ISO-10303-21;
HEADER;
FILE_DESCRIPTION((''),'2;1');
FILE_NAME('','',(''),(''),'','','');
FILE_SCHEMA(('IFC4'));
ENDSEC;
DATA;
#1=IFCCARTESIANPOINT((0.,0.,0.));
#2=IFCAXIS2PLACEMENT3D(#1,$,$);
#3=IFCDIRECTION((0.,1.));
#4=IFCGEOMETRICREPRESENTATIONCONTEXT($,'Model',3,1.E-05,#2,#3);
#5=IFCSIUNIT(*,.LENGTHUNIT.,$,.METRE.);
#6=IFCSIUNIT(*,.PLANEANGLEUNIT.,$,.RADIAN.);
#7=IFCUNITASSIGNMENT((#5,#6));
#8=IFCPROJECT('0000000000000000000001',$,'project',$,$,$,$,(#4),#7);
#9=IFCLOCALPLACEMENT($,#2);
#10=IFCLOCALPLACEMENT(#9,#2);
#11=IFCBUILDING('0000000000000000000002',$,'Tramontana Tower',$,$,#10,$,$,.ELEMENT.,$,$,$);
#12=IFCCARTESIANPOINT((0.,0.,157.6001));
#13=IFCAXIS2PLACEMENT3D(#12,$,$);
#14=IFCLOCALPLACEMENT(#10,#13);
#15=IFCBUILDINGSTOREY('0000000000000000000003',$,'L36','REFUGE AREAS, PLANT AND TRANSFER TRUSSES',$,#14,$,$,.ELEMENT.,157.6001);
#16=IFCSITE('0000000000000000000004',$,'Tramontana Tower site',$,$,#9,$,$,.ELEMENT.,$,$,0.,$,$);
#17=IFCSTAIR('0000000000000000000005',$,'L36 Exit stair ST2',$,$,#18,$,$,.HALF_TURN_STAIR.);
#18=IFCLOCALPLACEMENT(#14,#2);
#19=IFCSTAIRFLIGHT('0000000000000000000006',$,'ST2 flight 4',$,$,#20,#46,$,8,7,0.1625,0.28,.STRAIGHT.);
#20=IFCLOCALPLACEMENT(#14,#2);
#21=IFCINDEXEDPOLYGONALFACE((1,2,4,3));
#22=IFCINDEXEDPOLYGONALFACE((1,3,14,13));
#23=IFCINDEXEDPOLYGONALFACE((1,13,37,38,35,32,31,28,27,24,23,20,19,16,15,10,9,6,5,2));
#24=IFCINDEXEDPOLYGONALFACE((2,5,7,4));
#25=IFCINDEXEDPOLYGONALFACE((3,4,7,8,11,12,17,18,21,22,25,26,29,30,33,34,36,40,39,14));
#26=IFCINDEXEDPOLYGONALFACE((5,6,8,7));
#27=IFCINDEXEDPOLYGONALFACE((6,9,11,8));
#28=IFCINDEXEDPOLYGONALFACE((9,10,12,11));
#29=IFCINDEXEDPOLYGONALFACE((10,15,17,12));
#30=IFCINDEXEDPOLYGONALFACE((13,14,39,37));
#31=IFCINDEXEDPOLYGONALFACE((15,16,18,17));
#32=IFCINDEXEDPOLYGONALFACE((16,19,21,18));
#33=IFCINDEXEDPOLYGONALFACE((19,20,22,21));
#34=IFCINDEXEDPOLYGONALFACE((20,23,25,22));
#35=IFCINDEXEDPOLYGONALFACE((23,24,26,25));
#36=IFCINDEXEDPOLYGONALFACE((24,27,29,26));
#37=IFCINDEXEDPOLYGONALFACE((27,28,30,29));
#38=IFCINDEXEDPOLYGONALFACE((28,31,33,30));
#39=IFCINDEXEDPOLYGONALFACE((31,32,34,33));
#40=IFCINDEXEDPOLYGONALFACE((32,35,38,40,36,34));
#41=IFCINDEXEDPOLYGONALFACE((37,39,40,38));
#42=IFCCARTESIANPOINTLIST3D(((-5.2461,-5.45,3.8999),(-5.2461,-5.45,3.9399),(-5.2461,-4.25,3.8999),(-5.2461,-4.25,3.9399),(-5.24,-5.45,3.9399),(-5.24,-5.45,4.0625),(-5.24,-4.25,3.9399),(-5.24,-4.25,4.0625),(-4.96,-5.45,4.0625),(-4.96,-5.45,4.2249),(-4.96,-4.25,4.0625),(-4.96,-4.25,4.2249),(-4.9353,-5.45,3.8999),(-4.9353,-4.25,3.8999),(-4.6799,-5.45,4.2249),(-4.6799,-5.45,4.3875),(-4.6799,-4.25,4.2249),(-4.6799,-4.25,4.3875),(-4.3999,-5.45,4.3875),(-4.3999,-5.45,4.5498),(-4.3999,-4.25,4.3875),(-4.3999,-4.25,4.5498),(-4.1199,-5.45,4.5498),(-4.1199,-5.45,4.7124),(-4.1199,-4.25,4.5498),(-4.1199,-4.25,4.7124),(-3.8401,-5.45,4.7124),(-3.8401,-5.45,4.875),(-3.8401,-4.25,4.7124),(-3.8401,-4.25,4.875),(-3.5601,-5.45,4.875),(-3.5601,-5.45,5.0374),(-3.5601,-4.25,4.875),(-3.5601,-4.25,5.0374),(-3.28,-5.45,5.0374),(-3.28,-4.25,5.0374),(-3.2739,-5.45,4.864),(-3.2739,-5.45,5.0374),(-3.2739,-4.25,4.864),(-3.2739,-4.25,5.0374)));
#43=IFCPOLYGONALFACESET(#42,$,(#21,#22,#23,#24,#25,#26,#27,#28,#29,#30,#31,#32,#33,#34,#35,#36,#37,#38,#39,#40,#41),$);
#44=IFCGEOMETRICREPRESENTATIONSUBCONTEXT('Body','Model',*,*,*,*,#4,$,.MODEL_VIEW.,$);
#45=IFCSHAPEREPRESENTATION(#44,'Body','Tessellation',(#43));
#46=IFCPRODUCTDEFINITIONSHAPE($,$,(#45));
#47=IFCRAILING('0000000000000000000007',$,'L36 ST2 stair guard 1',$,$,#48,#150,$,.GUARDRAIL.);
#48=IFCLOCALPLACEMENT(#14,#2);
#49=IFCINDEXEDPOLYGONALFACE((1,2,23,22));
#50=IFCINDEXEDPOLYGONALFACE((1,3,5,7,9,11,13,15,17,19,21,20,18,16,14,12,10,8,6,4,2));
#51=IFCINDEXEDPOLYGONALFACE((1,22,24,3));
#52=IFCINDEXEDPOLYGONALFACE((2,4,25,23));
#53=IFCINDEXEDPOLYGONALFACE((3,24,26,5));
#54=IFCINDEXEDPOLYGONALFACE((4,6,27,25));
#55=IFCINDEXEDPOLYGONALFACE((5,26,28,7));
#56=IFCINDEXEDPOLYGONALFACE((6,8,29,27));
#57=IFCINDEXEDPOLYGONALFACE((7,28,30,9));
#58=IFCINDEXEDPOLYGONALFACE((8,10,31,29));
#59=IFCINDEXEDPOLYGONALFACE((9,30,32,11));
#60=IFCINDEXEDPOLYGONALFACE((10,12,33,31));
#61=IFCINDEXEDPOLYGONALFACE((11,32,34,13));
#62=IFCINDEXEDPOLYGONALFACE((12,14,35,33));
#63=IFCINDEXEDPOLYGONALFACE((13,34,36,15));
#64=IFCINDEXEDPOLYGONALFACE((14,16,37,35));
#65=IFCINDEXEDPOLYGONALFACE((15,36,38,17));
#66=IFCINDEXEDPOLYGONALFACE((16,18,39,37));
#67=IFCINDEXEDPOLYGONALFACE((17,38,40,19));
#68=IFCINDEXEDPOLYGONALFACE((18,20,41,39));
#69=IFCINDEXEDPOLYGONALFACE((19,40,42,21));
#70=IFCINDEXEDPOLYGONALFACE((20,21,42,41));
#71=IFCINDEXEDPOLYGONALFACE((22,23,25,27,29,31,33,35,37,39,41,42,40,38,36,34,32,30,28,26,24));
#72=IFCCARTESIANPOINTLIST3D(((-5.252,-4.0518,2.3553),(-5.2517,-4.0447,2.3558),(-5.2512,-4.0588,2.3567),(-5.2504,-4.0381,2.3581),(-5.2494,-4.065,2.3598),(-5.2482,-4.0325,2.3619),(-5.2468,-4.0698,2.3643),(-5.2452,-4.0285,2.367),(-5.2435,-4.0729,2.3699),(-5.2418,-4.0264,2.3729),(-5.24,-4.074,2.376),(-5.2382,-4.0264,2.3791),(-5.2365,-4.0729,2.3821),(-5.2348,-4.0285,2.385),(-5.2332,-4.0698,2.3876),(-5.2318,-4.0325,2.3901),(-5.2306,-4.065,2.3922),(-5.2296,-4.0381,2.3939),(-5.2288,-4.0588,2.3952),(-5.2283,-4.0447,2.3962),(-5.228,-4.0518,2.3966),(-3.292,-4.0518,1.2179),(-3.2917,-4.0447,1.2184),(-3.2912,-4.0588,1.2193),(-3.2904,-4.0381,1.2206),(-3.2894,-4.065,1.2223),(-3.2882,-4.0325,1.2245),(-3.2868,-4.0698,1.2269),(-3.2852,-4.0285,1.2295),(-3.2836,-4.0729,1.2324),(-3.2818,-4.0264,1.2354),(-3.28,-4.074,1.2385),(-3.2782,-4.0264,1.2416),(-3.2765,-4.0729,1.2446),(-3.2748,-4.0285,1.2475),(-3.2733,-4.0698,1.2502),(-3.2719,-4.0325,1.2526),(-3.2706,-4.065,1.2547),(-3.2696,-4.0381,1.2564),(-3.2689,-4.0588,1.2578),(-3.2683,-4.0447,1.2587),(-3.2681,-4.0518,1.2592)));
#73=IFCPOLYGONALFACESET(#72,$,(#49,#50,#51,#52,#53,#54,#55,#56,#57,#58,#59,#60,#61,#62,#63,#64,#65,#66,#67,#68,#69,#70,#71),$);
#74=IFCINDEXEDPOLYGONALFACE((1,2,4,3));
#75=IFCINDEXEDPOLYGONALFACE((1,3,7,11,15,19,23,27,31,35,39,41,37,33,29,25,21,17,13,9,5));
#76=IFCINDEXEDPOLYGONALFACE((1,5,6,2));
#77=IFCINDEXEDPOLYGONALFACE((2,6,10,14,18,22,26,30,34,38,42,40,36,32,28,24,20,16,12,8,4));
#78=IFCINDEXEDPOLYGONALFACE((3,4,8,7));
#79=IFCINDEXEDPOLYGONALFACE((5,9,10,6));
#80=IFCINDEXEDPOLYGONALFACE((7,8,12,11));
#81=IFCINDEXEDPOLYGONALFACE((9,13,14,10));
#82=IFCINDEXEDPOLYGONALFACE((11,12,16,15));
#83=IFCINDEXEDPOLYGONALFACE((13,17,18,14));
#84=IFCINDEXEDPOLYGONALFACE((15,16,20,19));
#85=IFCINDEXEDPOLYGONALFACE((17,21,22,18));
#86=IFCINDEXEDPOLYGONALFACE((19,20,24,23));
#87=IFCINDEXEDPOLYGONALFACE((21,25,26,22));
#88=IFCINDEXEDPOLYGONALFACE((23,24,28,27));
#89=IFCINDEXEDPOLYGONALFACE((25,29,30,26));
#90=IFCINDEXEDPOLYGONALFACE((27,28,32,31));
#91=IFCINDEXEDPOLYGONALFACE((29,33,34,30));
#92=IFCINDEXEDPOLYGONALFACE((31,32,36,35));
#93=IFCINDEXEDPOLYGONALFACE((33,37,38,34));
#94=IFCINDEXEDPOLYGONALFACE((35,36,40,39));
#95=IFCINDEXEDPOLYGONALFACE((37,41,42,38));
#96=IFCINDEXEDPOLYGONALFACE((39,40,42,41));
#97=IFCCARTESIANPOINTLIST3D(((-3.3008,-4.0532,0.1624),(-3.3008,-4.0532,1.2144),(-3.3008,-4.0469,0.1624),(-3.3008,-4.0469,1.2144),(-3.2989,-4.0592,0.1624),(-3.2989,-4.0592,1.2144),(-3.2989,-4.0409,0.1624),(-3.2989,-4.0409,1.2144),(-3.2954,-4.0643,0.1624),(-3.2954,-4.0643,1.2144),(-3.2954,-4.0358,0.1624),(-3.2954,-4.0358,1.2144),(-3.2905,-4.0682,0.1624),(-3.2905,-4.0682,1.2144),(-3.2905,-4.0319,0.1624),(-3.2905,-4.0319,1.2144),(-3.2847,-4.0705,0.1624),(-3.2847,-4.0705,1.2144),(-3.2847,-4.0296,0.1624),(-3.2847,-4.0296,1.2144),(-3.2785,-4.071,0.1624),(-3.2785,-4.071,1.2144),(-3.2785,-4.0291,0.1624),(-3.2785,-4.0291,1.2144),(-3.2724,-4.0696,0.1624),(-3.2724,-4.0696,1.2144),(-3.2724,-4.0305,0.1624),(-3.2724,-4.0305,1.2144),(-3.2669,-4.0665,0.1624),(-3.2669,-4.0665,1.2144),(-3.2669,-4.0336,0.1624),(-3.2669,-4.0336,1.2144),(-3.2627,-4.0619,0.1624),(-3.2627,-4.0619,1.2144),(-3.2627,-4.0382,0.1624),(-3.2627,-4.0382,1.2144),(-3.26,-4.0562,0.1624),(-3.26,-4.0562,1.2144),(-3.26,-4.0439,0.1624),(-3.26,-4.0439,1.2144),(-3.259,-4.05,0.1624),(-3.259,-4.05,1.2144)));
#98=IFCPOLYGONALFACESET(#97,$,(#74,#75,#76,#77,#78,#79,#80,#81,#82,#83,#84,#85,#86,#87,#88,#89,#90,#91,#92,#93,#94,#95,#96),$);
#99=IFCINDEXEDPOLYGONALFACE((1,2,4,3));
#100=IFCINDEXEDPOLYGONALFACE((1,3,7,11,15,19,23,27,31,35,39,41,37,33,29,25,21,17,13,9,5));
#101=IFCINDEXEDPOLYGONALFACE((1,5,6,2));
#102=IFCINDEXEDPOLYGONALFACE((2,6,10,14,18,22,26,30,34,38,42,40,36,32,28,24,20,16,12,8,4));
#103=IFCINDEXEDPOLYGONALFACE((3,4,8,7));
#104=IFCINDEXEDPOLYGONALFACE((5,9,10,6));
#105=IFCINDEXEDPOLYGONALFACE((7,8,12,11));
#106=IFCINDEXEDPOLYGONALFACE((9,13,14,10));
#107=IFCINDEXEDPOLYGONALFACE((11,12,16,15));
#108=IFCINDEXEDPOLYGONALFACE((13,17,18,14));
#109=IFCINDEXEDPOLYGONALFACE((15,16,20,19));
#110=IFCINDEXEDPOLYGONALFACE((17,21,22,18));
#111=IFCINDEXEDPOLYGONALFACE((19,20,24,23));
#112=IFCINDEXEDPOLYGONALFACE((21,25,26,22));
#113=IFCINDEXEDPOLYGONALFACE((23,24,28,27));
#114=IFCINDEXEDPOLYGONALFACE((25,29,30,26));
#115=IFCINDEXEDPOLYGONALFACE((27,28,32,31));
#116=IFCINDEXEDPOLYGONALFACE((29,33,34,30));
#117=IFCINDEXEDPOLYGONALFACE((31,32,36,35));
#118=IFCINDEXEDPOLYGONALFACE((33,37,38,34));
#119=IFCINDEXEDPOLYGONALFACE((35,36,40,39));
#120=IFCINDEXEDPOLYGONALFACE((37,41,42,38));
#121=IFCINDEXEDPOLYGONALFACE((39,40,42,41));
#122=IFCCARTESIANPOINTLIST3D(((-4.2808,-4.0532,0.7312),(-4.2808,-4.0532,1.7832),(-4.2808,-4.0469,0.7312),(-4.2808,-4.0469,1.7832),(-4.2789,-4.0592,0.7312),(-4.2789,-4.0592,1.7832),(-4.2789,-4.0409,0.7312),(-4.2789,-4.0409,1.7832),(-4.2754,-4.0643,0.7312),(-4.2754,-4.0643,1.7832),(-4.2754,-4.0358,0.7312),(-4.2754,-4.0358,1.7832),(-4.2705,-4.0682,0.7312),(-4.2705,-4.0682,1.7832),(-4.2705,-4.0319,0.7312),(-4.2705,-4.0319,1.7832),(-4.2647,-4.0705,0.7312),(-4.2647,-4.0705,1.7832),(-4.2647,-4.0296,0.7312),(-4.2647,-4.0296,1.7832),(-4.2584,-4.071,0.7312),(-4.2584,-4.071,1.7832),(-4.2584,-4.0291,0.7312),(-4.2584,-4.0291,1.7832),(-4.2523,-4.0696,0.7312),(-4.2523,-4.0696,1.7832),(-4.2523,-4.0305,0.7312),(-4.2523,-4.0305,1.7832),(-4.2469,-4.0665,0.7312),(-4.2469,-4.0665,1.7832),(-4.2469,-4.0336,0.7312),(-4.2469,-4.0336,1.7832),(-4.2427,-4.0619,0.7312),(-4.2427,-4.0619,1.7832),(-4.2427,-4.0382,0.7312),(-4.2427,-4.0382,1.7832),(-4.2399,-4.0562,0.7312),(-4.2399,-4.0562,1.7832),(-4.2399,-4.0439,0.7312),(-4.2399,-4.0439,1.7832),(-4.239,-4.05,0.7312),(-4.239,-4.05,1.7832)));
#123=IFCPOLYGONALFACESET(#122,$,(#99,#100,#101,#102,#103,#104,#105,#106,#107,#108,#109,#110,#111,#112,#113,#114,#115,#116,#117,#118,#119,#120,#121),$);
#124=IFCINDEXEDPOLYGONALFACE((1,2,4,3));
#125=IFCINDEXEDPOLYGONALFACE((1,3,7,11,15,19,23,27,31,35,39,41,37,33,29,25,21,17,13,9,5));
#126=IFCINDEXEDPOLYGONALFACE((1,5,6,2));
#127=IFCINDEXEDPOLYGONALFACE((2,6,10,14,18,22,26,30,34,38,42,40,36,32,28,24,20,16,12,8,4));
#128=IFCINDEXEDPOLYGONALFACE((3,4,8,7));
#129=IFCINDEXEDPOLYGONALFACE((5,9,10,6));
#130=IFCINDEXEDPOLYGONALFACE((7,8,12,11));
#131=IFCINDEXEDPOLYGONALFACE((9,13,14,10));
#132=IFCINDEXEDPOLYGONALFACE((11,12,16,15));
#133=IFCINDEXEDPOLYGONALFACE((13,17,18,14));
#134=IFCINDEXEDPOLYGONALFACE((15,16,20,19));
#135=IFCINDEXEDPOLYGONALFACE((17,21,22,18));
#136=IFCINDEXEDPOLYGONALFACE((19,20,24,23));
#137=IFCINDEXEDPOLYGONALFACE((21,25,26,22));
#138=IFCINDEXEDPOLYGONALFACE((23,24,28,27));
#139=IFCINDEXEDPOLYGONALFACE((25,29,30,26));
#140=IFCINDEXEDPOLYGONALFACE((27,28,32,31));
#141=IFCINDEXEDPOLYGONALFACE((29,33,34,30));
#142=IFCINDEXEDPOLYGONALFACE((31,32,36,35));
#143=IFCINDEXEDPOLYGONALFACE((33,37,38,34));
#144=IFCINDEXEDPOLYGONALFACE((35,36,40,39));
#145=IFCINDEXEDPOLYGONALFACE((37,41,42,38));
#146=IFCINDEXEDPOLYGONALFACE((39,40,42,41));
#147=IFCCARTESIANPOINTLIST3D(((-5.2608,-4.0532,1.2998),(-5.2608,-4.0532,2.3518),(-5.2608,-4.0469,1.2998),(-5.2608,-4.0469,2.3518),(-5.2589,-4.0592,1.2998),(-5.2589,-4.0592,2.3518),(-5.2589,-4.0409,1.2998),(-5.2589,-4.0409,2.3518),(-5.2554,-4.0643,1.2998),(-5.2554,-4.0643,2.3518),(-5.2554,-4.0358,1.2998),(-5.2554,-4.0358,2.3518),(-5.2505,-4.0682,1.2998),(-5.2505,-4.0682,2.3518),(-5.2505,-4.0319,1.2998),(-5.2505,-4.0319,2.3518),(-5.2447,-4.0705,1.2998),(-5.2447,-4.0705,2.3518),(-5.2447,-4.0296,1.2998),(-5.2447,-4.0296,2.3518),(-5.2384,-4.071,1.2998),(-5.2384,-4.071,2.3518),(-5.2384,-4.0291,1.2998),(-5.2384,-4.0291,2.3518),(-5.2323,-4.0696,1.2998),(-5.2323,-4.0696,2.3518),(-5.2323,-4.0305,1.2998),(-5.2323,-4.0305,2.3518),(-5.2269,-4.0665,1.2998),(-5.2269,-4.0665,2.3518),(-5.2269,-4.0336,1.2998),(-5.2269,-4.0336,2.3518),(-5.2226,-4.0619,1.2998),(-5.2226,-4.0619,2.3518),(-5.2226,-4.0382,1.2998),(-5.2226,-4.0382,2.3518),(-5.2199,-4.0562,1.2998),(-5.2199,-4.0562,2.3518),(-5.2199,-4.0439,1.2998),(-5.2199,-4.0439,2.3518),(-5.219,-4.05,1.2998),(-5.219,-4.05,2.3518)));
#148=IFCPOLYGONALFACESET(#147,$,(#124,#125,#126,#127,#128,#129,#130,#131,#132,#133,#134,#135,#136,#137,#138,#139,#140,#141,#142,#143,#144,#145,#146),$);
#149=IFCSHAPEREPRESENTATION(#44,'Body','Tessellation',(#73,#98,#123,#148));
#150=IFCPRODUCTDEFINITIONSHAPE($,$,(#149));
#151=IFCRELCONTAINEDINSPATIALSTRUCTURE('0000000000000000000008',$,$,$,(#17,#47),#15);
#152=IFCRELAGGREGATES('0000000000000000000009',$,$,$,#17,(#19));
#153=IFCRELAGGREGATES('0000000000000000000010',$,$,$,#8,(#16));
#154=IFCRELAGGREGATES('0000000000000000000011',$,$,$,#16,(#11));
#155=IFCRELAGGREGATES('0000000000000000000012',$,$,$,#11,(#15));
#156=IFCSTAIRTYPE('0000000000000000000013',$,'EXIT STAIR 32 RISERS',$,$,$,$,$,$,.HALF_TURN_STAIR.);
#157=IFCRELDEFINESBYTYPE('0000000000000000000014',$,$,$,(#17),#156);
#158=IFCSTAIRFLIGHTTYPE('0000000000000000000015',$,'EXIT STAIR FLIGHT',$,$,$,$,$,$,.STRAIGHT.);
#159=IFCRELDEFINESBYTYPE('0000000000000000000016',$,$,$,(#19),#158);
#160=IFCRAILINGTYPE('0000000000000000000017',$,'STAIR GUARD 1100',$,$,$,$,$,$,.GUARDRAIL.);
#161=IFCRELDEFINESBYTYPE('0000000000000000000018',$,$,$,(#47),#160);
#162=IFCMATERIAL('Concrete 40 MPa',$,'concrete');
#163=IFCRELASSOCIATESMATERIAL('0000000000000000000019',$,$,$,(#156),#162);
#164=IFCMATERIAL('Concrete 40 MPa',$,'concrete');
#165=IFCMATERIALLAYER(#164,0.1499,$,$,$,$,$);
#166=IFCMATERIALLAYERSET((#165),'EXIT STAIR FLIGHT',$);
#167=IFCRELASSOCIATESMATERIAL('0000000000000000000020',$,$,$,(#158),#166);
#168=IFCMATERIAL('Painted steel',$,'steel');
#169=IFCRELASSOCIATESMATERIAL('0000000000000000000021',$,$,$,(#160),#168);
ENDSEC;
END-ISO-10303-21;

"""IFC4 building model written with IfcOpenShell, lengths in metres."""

from ifc_helpers import new_model, si_unit, direction, frame, origin, origin_2d, place, context, subcontext, project, spatial, polyline, circle, outline, extrude, material, layer, layer_set, type_object, element, aggregate, save


model = new_model("IFC4")

# Units and contexts
model_context = context("Model", 3, precision=1e-05, world=origin(), true_north=direction((0.0, 1.0)))
body_context = subcontext(model_context, "Body", "Model", "MODEL_VIEW")
ifc_project = project(units=[si_unit("LENGTHUNIT", "METRE"), si_unit("PLANEANGLEUNIT", "RADIAN")], contexts=[model_context])

# Site, building, storey
site_placement = place(None, origin())
site = spatial("IfcSite", under=ifc_project, at=site_placement, Name="Tramontana Tower site", CompositionType="ELEMENT", RefElevation=0.0)
building_placement = place(site_placement, origin())
building = spatial("IfcBuilding", under=site, at=building_placement, Name="Tramontana Tower", CompositionType="ELEMENT")
storey_placement = place(building_placement, frame((0.0, 0.0, 157.6001)))
storey = spatial("IfcBuildingStorey", under=building, at=storey_placement, Name="L36", Description="REFUGE AREAS, PLANT AND TRANSFER TRUSSES", CompositionType="ELEMENT", Elevation=157.6001)

# Stair, stair flight
ifc_material_1 = material(Name="Concrete 40 MPa", Category="concrete")
stair_type = type_object("IfcStairType", Name="EXIT STAIR 32 RISERS", PredefinedType="HALF_TURN_STAIR", material=ifc_material_1)
stair_placement = place(storey_placement, origin())
stair = element("IfcStair", 1, at=stair_placement, inside=storey, type_object=stair_type, Name="L36 Exit stair ST2", PredefinedType="HALF_TURN_STAIR")
ifc_material_2 = material(Name="Concrete 40 MPa", Category="concrete")
ifc_layer_1 = layer(ifc_material_2, 0.1499)
ifc_layer_set_1 = layer_set([ifc_layer_1], Name="EXIT STAIR FLIGHT")
stair_flight_type = type_object("IfcStairFlightType", Name="EXIT STAIR FLIGHT", PredefinedType="STRAIGHT", material=ifc_layer_set_1)
stair_flight_1_placement = place(storey_placement, frame((-5.24, -4.8501, 3.8999), z_axis=(0.0, 0.0, 1.0), x_axis=(1.0, 0.0, 0.0)))
stair_flight_1 = element("IfcStairFlight", 2, at=stair_flight_1_placement, type_object=stair_flight_type, Name="ST2 flight 4", NumberOfRisers=8, NumberOfTreads=7, PredefinedType="STRAIGHT", RiserHeight=0.1625, TreadLength=0.28, context=body_context, shape_type="SweptSolid", body=[
    extrude(outline(polyline([(-0.0061, 0.0), (-0.0061, 0.04), (0.0, 0.04), (0.0, 0.1626), (0.28, 0.1626), (0.28, 0.325), (0.5601, 0.325), (0.5601, 0.4875), (0.8401, 0.4875), (0.8401, 0.6499), (1.1201, 0.6499), (1.1201, 0.8125), (1.3999, 0.8125), (1.3999, 0.9751), (1.6799, 0.9751), (1.6799, 1.1375), (1.96, 1.1375), (1.9661, 1.1375), (1.9661, 0.9641), (0.3047, 0.0), (-0.0061, 0.0)])), frame((0.0, 0.6001, 0.0), z_axis=(0.0, -1.0, 0.0), x_axis=(1.0, 0.0, 0.0)), (0.0, 0.0, 1.0), 1.2),
])
aggregate(stair, [stair_flight_1])

# Railing
ifc_material_3 = material(Name="Painted steel", Category="steel")
railing_type_1 = type_object("IfcRailingType", Name="STAIR GUARD 1100", PredefinedType="GUARDRAIL", material=ifc_material_3)
railing_1_placement = place(storey_placement, frame((-3.28, -4.05, 0.1624)))
element("IfcRailing", 3, at=railing_1_placement, inside=storey, type_object=railing_type_1, Name="L36 ST2 stair guard 1", PredefinedType="GUARDRAIL", context=body_context, shape_type="SweptSolid", body=[
    extrude(circle(Radius=0.0239, at=origin_2d()), frame((0.0, 0.0, 1.0762), z_axis=(-0.864902, 0.0, 0.501941), x_axis=(0.0, -1.0, 0.0)), (0.0, 0.0, 1.0), 2.2661),
    extrude(circle(Radius=0.021, at=origin_2d()), origin(), (0.0, 0.0, 1.0), 1.052),
    extrude(circle(Radius=0.021, at=origin_2d()), frame((-0.98, 0.0, 0.5688)), (0.0, 0.0, 1.0), 1.052),
    extrude(circle(Radius=0.021, at=origin_2d()), frame((-1.96, 0.0, 1.1375)), (0.0, 0.0, 1.0), 1.052),
])

save(model, "model.ifc")
